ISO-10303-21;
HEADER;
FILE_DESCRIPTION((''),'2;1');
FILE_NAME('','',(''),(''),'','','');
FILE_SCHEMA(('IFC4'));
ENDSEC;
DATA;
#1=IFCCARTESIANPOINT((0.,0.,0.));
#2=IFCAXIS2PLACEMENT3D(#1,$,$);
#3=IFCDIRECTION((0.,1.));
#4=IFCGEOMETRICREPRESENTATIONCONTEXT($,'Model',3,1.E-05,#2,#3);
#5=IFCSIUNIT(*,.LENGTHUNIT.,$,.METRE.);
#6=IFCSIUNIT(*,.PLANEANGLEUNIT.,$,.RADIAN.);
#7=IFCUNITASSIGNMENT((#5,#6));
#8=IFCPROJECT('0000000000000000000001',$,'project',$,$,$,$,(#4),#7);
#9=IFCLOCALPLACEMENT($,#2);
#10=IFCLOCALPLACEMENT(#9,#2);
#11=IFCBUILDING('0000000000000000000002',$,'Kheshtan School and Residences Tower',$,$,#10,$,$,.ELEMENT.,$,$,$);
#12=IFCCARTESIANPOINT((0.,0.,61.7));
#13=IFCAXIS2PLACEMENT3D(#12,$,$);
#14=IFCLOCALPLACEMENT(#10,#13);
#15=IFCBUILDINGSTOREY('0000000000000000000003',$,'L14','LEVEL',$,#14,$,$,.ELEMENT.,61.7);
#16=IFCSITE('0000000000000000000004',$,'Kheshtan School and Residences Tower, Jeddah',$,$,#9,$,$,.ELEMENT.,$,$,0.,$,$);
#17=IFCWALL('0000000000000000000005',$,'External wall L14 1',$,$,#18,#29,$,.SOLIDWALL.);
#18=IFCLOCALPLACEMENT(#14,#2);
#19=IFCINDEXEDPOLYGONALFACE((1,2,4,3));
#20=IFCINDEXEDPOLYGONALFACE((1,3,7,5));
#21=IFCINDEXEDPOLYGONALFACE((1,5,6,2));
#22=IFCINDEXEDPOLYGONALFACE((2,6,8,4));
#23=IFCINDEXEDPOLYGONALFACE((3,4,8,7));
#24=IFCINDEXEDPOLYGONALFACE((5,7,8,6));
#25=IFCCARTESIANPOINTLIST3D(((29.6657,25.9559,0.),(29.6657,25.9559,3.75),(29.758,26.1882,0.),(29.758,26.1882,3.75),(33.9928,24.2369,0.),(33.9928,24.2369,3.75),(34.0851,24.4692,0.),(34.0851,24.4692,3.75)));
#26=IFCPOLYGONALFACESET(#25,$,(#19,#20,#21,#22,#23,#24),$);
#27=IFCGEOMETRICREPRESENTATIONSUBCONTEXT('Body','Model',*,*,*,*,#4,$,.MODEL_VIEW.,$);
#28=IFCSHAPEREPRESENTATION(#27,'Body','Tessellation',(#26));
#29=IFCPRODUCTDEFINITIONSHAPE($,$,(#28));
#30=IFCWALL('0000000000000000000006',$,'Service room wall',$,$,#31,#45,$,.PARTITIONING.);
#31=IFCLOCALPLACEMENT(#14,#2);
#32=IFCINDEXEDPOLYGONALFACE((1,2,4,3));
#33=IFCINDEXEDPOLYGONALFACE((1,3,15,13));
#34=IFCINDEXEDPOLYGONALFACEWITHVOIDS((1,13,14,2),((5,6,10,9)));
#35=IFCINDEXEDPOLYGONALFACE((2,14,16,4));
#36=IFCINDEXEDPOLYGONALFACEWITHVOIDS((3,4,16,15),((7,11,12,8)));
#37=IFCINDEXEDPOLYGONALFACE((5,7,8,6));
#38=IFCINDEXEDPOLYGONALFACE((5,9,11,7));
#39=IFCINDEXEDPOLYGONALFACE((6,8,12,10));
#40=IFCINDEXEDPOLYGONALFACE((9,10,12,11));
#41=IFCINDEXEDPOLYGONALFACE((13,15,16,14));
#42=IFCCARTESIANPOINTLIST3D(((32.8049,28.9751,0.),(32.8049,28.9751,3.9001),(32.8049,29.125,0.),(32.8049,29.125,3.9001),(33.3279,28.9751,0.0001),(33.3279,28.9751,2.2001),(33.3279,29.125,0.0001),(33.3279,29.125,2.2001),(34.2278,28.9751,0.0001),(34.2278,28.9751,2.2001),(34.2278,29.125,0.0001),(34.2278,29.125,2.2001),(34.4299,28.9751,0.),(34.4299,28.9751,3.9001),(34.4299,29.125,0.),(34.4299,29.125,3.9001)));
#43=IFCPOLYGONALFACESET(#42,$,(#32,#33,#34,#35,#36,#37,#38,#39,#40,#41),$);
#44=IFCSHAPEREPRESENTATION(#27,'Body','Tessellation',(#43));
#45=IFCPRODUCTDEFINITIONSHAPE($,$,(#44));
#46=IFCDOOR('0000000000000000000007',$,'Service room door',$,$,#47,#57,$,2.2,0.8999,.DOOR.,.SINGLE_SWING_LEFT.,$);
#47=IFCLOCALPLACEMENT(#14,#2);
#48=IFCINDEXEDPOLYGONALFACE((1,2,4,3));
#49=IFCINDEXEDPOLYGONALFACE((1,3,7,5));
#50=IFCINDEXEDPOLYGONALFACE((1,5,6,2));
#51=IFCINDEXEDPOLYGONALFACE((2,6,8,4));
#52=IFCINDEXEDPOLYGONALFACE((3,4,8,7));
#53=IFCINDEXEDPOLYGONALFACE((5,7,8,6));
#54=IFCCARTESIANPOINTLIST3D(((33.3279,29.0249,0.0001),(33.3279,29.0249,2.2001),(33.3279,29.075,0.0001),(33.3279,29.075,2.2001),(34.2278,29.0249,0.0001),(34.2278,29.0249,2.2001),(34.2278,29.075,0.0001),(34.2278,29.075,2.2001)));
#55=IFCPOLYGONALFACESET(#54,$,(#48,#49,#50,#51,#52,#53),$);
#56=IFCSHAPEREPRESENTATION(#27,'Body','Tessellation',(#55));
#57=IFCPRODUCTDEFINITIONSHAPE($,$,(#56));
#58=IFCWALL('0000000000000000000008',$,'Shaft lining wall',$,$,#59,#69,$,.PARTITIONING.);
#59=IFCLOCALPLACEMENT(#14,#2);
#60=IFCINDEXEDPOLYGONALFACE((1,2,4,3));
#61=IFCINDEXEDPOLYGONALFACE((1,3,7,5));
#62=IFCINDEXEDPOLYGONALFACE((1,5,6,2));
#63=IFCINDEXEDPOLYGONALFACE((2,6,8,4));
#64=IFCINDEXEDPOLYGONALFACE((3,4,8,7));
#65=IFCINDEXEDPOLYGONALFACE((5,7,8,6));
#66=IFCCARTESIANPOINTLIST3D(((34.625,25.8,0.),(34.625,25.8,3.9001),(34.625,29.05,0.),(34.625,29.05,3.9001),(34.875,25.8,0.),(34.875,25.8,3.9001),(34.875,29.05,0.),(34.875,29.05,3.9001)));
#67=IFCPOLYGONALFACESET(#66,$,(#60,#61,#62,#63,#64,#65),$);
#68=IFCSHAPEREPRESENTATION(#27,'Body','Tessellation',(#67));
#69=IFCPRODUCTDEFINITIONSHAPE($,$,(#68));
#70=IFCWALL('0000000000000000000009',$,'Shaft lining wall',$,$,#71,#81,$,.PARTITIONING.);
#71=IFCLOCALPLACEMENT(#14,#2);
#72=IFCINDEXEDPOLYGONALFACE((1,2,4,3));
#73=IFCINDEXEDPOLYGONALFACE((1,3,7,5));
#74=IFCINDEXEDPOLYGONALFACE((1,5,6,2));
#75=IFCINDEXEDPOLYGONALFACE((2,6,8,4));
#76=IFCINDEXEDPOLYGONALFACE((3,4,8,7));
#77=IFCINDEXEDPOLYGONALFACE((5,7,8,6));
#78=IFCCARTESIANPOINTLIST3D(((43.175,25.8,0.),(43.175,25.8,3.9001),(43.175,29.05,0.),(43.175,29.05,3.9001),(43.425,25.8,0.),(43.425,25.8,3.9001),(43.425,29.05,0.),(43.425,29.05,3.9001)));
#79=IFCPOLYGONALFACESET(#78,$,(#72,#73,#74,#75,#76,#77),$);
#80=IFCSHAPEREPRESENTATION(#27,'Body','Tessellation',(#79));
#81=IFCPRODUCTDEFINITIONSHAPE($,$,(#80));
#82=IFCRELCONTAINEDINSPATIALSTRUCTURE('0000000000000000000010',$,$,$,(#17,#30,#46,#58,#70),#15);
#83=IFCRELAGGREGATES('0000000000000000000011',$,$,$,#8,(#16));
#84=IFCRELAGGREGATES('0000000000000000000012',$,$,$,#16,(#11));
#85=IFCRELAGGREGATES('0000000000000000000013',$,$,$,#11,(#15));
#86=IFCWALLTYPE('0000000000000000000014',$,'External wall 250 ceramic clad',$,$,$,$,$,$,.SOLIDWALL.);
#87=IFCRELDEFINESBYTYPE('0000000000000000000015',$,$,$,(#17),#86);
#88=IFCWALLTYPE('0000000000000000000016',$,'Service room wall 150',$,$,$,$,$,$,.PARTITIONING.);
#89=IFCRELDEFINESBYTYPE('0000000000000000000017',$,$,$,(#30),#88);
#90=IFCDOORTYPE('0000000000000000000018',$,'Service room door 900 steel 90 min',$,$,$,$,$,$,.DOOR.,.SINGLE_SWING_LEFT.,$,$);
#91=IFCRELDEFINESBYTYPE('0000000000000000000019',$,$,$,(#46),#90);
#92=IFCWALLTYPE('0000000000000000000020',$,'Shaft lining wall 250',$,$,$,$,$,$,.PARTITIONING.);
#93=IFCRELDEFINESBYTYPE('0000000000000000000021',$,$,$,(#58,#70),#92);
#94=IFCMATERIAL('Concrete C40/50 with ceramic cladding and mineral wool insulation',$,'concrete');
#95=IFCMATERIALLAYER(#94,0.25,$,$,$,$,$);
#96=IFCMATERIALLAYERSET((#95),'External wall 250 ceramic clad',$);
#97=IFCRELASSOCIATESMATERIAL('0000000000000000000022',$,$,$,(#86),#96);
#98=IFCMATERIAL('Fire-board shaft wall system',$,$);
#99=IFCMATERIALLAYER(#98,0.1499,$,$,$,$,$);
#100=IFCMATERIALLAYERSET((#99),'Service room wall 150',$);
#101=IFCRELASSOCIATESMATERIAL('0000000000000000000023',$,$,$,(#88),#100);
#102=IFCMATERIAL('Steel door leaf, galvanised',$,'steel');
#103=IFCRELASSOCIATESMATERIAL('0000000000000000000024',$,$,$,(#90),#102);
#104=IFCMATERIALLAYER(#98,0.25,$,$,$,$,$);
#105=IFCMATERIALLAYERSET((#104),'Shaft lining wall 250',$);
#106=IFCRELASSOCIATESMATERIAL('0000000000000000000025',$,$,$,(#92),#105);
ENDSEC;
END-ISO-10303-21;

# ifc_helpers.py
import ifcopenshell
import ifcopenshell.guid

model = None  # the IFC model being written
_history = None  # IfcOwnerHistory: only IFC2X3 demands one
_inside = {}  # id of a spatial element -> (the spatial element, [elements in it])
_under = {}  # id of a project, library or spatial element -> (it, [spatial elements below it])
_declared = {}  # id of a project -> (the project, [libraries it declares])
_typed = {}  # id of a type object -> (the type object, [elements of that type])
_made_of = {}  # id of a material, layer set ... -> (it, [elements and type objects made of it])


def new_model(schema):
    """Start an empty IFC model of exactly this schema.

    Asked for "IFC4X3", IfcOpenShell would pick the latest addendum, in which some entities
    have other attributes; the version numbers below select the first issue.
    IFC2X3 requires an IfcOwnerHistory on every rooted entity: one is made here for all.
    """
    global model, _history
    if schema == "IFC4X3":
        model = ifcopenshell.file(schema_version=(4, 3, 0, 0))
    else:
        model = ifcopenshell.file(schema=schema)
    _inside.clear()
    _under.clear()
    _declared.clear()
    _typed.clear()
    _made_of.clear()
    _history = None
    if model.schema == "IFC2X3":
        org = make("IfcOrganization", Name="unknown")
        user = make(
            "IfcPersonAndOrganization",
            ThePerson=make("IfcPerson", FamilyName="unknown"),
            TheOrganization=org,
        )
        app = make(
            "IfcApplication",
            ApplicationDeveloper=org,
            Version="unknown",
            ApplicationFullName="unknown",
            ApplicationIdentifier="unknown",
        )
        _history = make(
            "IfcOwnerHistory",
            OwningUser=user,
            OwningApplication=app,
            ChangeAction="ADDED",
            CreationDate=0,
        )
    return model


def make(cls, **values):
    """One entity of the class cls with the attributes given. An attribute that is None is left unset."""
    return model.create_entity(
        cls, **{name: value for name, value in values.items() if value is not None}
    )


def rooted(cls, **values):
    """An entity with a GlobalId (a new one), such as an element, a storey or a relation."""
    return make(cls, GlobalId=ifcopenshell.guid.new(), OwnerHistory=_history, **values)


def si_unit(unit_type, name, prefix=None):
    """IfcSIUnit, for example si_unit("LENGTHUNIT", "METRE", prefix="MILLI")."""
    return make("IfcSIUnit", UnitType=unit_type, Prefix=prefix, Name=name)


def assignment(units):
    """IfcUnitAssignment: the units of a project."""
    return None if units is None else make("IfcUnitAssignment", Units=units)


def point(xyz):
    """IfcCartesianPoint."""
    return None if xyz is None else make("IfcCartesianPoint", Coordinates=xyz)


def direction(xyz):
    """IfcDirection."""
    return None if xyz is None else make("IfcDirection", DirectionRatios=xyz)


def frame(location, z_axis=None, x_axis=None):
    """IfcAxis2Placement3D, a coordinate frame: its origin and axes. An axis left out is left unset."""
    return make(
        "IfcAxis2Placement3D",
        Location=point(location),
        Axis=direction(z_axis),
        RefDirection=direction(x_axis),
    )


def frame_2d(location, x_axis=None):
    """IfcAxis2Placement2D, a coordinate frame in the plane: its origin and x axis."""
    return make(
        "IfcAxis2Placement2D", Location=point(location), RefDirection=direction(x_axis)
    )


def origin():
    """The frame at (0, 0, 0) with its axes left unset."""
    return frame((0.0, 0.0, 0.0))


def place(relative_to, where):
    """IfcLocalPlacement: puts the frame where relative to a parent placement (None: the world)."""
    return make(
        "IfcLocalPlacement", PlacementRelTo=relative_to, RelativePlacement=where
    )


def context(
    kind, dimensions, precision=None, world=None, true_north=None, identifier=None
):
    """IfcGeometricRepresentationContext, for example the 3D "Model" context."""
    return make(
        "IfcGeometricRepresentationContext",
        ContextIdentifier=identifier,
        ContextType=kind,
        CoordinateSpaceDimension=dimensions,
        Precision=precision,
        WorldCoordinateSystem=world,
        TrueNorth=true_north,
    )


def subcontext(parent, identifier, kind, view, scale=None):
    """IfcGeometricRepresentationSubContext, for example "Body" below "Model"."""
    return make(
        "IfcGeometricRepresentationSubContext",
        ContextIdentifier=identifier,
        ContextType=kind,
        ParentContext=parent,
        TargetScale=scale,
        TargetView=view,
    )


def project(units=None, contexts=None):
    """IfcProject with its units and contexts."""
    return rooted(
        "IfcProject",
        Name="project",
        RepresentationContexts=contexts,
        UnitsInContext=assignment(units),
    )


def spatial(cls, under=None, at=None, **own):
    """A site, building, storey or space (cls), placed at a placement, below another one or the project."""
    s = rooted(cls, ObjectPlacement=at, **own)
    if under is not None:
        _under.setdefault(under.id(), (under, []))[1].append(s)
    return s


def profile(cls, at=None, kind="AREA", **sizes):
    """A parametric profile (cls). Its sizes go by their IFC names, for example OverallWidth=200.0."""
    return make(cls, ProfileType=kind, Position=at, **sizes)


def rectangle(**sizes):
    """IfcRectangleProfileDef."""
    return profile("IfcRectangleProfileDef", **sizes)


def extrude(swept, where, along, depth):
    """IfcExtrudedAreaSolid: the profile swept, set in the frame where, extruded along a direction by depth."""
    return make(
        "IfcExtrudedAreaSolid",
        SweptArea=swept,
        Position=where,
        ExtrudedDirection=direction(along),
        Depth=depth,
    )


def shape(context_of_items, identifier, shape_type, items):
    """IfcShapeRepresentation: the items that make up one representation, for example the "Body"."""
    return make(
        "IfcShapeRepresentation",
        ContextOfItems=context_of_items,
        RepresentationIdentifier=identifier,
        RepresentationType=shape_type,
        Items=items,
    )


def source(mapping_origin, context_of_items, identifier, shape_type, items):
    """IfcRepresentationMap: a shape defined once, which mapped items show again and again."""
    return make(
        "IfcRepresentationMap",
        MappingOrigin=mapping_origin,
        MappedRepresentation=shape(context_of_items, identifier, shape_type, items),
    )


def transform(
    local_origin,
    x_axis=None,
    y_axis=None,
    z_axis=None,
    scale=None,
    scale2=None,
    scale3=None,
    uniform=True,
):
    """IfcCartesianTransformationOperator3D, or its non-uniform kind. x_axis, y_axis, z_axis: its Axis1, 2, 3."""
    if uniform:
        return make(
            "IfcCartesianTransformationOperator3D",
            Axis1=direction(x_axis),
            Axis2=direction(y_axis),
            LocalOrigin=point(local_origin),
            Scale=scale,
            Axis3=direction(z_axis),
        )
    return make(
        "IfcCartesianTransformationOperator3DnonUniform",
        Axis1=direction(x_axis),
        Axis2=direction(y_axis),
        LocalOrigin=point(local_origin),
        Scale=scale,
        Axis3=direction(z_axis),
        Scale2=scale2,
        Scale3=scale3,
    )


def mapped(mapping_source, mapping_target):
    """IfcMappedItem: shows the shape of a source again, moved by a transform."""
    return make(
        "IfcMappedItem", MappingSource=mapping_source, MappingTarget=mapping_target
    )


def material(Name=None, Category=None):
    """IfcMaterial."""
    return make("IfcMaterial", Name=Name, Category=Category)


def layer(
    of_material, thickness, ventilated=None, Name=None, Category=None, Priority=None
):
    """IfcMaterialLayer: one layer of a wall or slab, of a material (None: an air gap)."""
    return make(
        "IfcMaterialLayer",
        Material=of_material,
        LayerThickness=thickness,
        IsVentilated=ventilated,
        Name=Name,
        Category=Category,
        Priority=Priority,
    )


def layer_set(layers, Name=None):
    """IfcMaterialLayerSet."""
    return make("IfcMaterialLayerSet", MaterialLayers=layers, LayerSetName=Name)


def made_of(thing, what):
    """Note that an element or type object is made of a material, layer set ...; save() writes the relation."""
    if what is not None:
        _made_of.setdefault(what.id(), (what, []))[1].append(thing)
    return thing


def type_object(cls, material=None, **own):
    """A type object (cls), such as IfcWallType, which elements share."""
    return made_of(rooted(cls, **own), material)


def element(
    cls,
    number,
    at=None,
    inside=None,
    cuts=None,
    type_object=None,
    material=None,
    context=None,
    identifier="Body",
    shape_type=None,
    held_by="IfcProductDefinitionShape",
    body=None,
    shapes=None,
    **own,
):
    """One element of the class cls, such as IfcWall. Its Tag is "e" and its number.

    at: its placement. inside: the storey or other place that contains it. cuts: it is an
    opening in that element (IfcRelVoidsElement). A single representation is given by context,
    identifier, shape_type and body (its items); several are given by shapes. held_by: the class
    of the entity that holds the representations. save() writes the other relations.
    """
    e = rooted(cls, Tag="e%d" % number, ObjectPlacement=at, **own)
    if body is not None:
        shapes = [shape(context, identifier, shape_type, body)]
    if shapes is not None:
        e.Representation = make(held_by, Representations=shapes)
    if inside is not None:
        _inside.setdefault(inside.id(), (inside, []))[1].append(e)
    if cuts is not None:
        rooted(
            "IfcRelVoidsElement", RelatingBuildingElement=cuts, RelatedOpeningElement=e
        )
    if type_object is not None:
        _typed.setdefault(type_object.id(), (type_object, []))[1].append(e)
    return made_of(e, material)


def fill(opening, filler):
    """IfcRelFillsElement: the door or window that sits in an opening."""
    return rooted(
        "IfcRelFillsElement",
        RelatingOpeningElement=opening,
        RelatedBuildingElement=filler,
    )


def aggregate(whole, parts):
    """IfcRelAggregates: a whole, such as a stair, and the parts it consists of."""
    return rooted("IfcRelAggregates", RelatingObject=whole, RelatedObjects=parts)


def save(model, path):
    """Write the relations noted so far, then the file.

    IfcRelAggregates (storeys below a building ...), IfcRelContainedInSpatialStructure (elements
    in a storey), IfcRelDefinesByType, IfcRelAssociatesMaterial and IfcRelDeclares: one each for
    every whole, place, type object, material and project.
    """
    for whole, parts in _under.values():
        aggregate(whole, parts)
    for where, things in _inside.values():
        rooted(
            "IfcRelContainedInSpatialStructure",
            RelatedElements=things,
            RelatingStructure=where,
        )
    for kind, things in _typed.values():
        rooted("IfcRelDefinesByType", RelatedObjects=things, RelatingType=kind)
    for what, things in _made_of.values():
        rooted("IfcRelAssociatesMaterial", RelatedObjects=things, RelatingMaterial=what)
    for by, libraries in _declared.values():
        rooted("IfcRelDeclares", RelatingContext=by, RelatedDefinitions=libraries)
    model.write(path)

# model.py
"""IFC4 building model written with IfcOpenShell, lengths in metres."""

from ifc_helpers import new_model, si_unit, direction, frame, frame_2d, origin, place, context, subcontext, project, spatial, rectangle, extrude, source, transform, mapped, material, layer, layer_set, type_object, element, fill, save


model = new_model("IFC4")

# Units and contexts
model_context = context("Model", 3, precision=1e-05, world=origin(), true_north=direction((0.0, 1.0)))
body_context = subcontext(model_context, "Body", "Model", "MODEL_VIEW")
ifc_project = project(units=[si_unit("LENGTHUNIT", "METRE"), si_unit("PLANEANGLEUNIT", "RADIAN")], contexts=[model_context])

# Site, building, storey
site_placement = place(None, origin())
site = spatial("IfcSite", under=ifc_project, at=site_placement, Name="Kheshtan School and Residences Tower, Jeddah", CompositionType="ELEMENT", RefElevation=0.0)
building_placement = place(site_placement, origin())
building = spatial("IfcBuilding", under=site, at=building_placement, Name="Kheshtan School and Residences Tower", CompositionType="ELEMENT")
storey_placement = place(building_placement, frame((0.0, 0.0, 61.7)))
storey = spatial("IfcBuildingStorey", under=building, at=storey_placement, Name="L14", Description="LEVEL", CompositionType="ELEMENT", Elevation=61.7)

# Wall
ifc_material_1 = material(Name="Concrete C40/50 with ceramic cladding and mineral wool insulation", Category="concrete")
ifc_layer_1 = layer(ifc_material_1, 0.25)
ifc_layer_set_1 = layer_set([ifc_layer_1], Name="External wall 250 ceramic clad")
wall_type_1 = type_object("IfcWallType", Name="External wall 250 ceramic clad", PredefinedType="SOLIDWALL", material=ifc_layer_set_1)
wall_1_placement = place(storey_placement, frame((34.0391, 24.353, 0.0), z_axis=(0.0, 0.0, 1.0), x_axis=(-0.929353, 0.369193, 0.0)))
element("IfcWall", 1, at=wall_1_placement, inside=storey, type_object=wall_type_1, Name="External wall L14 1", PredefinedType="SOLIDWALL", context=body_context, shape_type="SweptSolid", body=[
    extrude(rectangle(XDim=4.656, YDim=0.25, at=frame_2d((2.3281, 0.0))), origin(), (0.0, 0.0, 1.0), 3.75),
])

# Wall, opening, door
ifc_material_2 = material(Name="Fire-board shaft wall system")
ifc_layer_2 = layer(ifc_material_2, 0.1499)
ifc_layer_set_2 = layer_set([ifc_layer_2], Name="Service room wall 150")
wall_type_2 = type_object("IfcWallType", Name="Service room wall 150", PredefinedType="PARTITIONING", material=ifc_layer_set_2)
wall_2_placement = place(storey_placement, frame((32.8049, 29.05, 0.0), z_axis=(0.0, 0.0, 1.0), x_axis=(1.0, 0.0, 0.0)))
wall_2 = element("IfcWall", 2, at=wall_2_placement, inside=storey, type_object=wall_type_2, Name="Service room wall", PredefinedType="PARTITIONING", context=body_context, shape_type="SweptSolid", body=[
    extrude(rectangle(XDim=1.625, YDim=0.1499, at=frame_2d((0.8125, 0.0))), origin(), (0.0, 0.0, 1.0), 3.9001),
])
opening_1_placement = place(wall_2_placement, frame((0.5229, 0.0, 0.0)))
opening_1 = element("IfcOpeningElement", 3, at=opening_1_placement, cuts=wall_2, PredefinedType="OPENING", context=body_context, shape_type="SweptSolid", body=[
    extrude(rectangle(XDim=0.8999, YDim=2.2, at=frame_2d((0.45, 1.1001))), frame((0.0, 0.085, 0.0), z_axis=(0.0, -1.0, 0.0), x_axis=(1.0, 0.0, 0.0)), (0.0, 0.0, 1.0), 0.1699),
])
ifc_material_3 = material(Name="Steel door leaf, galvanised", Category="steel")
door_type_1 = type_object("IfcDoorType", Name="Service room door 900 steel 90 min", OperationType="SINGLE_SWING_LEFT", PredefinedType="DOOR", material=ifc_material_3)
shared_shape_1 = source(origin(), body_context, "Body", "SweptSolid", [
    extrude(rectangle(XDim=0.8999, YDim=2.2, at=frame_2d((0.45, 1.1001))), frame((0.0, 0.0249, 0.0), z_axis=(0.0, -1.0, 0.0), x_axis=(1.0, 0.0, 0.0)), (0.0, 0.0, 1.0), 0.05),
])
door_1_placement = place(opening_1_placement, origin())
door_1 = element("IfcDoor", 4, at=door_1_placement, inside=storey, type_object=door_type_1, Name="Service room door", OperationType="SINGLE_SWING_LEFT", OverallHeight=2.2, OverallWidth=0.8999, PredefinedType="DOOR", context=body_context, shape_type="MappedRepresentation", body=[
    mapped(shared_shape_1, transform((0.0, 0.0, 0.0), x_axis=(1.0, 0.0, 0.0), y_axis=(0.0, 1.0, 0.0), z_axis=(0.0, 0.0, 1.0), scale=1.0)),
])
fill(opening_1, door_1)

# Walls
ifc_layer_3 = layer(ifc_material_2, 0.25)
ifc_layer_set_3 = layer_set([ifc_layer_3], Name="Shaft lining wall 250")
wall_type_3 = type_object("IfcWallType", Name="Shaft lining wall 250", PredefinedType="PARTITIONING", material=ifc_layer_set_3)
for number, where, z_axis, x_axis, name in (
    (5, (34.75, 25.8, 0.0), (0.0, 0.0, 1.0), (0.0, 1.0, 0.0), "Shaft lining wall"),
    (6, (43.3, 25.8, 0.0), (0.0, 0.0, 1.0), (0.0, 1.0, 0.0), "Shaft lining wall"),
):
    element("IfcWall", number, at=place(storey_placement, frame(where, z_axis=z_axis, x_axis=x_axis)), inside=storey, type_object=wall_type_3, Name=name, PredefinedType="PARTITIONING", context=body_context, shape_type="SweptSolid", body=[
        extrude(rectangle(XDim=3.25, YDim=0.25, at=frame_2d((1.625, 0.0))), origin(), (0.0, 0.0, 1.0), 3.9001),
    ])

save(model, "model.ifc")
